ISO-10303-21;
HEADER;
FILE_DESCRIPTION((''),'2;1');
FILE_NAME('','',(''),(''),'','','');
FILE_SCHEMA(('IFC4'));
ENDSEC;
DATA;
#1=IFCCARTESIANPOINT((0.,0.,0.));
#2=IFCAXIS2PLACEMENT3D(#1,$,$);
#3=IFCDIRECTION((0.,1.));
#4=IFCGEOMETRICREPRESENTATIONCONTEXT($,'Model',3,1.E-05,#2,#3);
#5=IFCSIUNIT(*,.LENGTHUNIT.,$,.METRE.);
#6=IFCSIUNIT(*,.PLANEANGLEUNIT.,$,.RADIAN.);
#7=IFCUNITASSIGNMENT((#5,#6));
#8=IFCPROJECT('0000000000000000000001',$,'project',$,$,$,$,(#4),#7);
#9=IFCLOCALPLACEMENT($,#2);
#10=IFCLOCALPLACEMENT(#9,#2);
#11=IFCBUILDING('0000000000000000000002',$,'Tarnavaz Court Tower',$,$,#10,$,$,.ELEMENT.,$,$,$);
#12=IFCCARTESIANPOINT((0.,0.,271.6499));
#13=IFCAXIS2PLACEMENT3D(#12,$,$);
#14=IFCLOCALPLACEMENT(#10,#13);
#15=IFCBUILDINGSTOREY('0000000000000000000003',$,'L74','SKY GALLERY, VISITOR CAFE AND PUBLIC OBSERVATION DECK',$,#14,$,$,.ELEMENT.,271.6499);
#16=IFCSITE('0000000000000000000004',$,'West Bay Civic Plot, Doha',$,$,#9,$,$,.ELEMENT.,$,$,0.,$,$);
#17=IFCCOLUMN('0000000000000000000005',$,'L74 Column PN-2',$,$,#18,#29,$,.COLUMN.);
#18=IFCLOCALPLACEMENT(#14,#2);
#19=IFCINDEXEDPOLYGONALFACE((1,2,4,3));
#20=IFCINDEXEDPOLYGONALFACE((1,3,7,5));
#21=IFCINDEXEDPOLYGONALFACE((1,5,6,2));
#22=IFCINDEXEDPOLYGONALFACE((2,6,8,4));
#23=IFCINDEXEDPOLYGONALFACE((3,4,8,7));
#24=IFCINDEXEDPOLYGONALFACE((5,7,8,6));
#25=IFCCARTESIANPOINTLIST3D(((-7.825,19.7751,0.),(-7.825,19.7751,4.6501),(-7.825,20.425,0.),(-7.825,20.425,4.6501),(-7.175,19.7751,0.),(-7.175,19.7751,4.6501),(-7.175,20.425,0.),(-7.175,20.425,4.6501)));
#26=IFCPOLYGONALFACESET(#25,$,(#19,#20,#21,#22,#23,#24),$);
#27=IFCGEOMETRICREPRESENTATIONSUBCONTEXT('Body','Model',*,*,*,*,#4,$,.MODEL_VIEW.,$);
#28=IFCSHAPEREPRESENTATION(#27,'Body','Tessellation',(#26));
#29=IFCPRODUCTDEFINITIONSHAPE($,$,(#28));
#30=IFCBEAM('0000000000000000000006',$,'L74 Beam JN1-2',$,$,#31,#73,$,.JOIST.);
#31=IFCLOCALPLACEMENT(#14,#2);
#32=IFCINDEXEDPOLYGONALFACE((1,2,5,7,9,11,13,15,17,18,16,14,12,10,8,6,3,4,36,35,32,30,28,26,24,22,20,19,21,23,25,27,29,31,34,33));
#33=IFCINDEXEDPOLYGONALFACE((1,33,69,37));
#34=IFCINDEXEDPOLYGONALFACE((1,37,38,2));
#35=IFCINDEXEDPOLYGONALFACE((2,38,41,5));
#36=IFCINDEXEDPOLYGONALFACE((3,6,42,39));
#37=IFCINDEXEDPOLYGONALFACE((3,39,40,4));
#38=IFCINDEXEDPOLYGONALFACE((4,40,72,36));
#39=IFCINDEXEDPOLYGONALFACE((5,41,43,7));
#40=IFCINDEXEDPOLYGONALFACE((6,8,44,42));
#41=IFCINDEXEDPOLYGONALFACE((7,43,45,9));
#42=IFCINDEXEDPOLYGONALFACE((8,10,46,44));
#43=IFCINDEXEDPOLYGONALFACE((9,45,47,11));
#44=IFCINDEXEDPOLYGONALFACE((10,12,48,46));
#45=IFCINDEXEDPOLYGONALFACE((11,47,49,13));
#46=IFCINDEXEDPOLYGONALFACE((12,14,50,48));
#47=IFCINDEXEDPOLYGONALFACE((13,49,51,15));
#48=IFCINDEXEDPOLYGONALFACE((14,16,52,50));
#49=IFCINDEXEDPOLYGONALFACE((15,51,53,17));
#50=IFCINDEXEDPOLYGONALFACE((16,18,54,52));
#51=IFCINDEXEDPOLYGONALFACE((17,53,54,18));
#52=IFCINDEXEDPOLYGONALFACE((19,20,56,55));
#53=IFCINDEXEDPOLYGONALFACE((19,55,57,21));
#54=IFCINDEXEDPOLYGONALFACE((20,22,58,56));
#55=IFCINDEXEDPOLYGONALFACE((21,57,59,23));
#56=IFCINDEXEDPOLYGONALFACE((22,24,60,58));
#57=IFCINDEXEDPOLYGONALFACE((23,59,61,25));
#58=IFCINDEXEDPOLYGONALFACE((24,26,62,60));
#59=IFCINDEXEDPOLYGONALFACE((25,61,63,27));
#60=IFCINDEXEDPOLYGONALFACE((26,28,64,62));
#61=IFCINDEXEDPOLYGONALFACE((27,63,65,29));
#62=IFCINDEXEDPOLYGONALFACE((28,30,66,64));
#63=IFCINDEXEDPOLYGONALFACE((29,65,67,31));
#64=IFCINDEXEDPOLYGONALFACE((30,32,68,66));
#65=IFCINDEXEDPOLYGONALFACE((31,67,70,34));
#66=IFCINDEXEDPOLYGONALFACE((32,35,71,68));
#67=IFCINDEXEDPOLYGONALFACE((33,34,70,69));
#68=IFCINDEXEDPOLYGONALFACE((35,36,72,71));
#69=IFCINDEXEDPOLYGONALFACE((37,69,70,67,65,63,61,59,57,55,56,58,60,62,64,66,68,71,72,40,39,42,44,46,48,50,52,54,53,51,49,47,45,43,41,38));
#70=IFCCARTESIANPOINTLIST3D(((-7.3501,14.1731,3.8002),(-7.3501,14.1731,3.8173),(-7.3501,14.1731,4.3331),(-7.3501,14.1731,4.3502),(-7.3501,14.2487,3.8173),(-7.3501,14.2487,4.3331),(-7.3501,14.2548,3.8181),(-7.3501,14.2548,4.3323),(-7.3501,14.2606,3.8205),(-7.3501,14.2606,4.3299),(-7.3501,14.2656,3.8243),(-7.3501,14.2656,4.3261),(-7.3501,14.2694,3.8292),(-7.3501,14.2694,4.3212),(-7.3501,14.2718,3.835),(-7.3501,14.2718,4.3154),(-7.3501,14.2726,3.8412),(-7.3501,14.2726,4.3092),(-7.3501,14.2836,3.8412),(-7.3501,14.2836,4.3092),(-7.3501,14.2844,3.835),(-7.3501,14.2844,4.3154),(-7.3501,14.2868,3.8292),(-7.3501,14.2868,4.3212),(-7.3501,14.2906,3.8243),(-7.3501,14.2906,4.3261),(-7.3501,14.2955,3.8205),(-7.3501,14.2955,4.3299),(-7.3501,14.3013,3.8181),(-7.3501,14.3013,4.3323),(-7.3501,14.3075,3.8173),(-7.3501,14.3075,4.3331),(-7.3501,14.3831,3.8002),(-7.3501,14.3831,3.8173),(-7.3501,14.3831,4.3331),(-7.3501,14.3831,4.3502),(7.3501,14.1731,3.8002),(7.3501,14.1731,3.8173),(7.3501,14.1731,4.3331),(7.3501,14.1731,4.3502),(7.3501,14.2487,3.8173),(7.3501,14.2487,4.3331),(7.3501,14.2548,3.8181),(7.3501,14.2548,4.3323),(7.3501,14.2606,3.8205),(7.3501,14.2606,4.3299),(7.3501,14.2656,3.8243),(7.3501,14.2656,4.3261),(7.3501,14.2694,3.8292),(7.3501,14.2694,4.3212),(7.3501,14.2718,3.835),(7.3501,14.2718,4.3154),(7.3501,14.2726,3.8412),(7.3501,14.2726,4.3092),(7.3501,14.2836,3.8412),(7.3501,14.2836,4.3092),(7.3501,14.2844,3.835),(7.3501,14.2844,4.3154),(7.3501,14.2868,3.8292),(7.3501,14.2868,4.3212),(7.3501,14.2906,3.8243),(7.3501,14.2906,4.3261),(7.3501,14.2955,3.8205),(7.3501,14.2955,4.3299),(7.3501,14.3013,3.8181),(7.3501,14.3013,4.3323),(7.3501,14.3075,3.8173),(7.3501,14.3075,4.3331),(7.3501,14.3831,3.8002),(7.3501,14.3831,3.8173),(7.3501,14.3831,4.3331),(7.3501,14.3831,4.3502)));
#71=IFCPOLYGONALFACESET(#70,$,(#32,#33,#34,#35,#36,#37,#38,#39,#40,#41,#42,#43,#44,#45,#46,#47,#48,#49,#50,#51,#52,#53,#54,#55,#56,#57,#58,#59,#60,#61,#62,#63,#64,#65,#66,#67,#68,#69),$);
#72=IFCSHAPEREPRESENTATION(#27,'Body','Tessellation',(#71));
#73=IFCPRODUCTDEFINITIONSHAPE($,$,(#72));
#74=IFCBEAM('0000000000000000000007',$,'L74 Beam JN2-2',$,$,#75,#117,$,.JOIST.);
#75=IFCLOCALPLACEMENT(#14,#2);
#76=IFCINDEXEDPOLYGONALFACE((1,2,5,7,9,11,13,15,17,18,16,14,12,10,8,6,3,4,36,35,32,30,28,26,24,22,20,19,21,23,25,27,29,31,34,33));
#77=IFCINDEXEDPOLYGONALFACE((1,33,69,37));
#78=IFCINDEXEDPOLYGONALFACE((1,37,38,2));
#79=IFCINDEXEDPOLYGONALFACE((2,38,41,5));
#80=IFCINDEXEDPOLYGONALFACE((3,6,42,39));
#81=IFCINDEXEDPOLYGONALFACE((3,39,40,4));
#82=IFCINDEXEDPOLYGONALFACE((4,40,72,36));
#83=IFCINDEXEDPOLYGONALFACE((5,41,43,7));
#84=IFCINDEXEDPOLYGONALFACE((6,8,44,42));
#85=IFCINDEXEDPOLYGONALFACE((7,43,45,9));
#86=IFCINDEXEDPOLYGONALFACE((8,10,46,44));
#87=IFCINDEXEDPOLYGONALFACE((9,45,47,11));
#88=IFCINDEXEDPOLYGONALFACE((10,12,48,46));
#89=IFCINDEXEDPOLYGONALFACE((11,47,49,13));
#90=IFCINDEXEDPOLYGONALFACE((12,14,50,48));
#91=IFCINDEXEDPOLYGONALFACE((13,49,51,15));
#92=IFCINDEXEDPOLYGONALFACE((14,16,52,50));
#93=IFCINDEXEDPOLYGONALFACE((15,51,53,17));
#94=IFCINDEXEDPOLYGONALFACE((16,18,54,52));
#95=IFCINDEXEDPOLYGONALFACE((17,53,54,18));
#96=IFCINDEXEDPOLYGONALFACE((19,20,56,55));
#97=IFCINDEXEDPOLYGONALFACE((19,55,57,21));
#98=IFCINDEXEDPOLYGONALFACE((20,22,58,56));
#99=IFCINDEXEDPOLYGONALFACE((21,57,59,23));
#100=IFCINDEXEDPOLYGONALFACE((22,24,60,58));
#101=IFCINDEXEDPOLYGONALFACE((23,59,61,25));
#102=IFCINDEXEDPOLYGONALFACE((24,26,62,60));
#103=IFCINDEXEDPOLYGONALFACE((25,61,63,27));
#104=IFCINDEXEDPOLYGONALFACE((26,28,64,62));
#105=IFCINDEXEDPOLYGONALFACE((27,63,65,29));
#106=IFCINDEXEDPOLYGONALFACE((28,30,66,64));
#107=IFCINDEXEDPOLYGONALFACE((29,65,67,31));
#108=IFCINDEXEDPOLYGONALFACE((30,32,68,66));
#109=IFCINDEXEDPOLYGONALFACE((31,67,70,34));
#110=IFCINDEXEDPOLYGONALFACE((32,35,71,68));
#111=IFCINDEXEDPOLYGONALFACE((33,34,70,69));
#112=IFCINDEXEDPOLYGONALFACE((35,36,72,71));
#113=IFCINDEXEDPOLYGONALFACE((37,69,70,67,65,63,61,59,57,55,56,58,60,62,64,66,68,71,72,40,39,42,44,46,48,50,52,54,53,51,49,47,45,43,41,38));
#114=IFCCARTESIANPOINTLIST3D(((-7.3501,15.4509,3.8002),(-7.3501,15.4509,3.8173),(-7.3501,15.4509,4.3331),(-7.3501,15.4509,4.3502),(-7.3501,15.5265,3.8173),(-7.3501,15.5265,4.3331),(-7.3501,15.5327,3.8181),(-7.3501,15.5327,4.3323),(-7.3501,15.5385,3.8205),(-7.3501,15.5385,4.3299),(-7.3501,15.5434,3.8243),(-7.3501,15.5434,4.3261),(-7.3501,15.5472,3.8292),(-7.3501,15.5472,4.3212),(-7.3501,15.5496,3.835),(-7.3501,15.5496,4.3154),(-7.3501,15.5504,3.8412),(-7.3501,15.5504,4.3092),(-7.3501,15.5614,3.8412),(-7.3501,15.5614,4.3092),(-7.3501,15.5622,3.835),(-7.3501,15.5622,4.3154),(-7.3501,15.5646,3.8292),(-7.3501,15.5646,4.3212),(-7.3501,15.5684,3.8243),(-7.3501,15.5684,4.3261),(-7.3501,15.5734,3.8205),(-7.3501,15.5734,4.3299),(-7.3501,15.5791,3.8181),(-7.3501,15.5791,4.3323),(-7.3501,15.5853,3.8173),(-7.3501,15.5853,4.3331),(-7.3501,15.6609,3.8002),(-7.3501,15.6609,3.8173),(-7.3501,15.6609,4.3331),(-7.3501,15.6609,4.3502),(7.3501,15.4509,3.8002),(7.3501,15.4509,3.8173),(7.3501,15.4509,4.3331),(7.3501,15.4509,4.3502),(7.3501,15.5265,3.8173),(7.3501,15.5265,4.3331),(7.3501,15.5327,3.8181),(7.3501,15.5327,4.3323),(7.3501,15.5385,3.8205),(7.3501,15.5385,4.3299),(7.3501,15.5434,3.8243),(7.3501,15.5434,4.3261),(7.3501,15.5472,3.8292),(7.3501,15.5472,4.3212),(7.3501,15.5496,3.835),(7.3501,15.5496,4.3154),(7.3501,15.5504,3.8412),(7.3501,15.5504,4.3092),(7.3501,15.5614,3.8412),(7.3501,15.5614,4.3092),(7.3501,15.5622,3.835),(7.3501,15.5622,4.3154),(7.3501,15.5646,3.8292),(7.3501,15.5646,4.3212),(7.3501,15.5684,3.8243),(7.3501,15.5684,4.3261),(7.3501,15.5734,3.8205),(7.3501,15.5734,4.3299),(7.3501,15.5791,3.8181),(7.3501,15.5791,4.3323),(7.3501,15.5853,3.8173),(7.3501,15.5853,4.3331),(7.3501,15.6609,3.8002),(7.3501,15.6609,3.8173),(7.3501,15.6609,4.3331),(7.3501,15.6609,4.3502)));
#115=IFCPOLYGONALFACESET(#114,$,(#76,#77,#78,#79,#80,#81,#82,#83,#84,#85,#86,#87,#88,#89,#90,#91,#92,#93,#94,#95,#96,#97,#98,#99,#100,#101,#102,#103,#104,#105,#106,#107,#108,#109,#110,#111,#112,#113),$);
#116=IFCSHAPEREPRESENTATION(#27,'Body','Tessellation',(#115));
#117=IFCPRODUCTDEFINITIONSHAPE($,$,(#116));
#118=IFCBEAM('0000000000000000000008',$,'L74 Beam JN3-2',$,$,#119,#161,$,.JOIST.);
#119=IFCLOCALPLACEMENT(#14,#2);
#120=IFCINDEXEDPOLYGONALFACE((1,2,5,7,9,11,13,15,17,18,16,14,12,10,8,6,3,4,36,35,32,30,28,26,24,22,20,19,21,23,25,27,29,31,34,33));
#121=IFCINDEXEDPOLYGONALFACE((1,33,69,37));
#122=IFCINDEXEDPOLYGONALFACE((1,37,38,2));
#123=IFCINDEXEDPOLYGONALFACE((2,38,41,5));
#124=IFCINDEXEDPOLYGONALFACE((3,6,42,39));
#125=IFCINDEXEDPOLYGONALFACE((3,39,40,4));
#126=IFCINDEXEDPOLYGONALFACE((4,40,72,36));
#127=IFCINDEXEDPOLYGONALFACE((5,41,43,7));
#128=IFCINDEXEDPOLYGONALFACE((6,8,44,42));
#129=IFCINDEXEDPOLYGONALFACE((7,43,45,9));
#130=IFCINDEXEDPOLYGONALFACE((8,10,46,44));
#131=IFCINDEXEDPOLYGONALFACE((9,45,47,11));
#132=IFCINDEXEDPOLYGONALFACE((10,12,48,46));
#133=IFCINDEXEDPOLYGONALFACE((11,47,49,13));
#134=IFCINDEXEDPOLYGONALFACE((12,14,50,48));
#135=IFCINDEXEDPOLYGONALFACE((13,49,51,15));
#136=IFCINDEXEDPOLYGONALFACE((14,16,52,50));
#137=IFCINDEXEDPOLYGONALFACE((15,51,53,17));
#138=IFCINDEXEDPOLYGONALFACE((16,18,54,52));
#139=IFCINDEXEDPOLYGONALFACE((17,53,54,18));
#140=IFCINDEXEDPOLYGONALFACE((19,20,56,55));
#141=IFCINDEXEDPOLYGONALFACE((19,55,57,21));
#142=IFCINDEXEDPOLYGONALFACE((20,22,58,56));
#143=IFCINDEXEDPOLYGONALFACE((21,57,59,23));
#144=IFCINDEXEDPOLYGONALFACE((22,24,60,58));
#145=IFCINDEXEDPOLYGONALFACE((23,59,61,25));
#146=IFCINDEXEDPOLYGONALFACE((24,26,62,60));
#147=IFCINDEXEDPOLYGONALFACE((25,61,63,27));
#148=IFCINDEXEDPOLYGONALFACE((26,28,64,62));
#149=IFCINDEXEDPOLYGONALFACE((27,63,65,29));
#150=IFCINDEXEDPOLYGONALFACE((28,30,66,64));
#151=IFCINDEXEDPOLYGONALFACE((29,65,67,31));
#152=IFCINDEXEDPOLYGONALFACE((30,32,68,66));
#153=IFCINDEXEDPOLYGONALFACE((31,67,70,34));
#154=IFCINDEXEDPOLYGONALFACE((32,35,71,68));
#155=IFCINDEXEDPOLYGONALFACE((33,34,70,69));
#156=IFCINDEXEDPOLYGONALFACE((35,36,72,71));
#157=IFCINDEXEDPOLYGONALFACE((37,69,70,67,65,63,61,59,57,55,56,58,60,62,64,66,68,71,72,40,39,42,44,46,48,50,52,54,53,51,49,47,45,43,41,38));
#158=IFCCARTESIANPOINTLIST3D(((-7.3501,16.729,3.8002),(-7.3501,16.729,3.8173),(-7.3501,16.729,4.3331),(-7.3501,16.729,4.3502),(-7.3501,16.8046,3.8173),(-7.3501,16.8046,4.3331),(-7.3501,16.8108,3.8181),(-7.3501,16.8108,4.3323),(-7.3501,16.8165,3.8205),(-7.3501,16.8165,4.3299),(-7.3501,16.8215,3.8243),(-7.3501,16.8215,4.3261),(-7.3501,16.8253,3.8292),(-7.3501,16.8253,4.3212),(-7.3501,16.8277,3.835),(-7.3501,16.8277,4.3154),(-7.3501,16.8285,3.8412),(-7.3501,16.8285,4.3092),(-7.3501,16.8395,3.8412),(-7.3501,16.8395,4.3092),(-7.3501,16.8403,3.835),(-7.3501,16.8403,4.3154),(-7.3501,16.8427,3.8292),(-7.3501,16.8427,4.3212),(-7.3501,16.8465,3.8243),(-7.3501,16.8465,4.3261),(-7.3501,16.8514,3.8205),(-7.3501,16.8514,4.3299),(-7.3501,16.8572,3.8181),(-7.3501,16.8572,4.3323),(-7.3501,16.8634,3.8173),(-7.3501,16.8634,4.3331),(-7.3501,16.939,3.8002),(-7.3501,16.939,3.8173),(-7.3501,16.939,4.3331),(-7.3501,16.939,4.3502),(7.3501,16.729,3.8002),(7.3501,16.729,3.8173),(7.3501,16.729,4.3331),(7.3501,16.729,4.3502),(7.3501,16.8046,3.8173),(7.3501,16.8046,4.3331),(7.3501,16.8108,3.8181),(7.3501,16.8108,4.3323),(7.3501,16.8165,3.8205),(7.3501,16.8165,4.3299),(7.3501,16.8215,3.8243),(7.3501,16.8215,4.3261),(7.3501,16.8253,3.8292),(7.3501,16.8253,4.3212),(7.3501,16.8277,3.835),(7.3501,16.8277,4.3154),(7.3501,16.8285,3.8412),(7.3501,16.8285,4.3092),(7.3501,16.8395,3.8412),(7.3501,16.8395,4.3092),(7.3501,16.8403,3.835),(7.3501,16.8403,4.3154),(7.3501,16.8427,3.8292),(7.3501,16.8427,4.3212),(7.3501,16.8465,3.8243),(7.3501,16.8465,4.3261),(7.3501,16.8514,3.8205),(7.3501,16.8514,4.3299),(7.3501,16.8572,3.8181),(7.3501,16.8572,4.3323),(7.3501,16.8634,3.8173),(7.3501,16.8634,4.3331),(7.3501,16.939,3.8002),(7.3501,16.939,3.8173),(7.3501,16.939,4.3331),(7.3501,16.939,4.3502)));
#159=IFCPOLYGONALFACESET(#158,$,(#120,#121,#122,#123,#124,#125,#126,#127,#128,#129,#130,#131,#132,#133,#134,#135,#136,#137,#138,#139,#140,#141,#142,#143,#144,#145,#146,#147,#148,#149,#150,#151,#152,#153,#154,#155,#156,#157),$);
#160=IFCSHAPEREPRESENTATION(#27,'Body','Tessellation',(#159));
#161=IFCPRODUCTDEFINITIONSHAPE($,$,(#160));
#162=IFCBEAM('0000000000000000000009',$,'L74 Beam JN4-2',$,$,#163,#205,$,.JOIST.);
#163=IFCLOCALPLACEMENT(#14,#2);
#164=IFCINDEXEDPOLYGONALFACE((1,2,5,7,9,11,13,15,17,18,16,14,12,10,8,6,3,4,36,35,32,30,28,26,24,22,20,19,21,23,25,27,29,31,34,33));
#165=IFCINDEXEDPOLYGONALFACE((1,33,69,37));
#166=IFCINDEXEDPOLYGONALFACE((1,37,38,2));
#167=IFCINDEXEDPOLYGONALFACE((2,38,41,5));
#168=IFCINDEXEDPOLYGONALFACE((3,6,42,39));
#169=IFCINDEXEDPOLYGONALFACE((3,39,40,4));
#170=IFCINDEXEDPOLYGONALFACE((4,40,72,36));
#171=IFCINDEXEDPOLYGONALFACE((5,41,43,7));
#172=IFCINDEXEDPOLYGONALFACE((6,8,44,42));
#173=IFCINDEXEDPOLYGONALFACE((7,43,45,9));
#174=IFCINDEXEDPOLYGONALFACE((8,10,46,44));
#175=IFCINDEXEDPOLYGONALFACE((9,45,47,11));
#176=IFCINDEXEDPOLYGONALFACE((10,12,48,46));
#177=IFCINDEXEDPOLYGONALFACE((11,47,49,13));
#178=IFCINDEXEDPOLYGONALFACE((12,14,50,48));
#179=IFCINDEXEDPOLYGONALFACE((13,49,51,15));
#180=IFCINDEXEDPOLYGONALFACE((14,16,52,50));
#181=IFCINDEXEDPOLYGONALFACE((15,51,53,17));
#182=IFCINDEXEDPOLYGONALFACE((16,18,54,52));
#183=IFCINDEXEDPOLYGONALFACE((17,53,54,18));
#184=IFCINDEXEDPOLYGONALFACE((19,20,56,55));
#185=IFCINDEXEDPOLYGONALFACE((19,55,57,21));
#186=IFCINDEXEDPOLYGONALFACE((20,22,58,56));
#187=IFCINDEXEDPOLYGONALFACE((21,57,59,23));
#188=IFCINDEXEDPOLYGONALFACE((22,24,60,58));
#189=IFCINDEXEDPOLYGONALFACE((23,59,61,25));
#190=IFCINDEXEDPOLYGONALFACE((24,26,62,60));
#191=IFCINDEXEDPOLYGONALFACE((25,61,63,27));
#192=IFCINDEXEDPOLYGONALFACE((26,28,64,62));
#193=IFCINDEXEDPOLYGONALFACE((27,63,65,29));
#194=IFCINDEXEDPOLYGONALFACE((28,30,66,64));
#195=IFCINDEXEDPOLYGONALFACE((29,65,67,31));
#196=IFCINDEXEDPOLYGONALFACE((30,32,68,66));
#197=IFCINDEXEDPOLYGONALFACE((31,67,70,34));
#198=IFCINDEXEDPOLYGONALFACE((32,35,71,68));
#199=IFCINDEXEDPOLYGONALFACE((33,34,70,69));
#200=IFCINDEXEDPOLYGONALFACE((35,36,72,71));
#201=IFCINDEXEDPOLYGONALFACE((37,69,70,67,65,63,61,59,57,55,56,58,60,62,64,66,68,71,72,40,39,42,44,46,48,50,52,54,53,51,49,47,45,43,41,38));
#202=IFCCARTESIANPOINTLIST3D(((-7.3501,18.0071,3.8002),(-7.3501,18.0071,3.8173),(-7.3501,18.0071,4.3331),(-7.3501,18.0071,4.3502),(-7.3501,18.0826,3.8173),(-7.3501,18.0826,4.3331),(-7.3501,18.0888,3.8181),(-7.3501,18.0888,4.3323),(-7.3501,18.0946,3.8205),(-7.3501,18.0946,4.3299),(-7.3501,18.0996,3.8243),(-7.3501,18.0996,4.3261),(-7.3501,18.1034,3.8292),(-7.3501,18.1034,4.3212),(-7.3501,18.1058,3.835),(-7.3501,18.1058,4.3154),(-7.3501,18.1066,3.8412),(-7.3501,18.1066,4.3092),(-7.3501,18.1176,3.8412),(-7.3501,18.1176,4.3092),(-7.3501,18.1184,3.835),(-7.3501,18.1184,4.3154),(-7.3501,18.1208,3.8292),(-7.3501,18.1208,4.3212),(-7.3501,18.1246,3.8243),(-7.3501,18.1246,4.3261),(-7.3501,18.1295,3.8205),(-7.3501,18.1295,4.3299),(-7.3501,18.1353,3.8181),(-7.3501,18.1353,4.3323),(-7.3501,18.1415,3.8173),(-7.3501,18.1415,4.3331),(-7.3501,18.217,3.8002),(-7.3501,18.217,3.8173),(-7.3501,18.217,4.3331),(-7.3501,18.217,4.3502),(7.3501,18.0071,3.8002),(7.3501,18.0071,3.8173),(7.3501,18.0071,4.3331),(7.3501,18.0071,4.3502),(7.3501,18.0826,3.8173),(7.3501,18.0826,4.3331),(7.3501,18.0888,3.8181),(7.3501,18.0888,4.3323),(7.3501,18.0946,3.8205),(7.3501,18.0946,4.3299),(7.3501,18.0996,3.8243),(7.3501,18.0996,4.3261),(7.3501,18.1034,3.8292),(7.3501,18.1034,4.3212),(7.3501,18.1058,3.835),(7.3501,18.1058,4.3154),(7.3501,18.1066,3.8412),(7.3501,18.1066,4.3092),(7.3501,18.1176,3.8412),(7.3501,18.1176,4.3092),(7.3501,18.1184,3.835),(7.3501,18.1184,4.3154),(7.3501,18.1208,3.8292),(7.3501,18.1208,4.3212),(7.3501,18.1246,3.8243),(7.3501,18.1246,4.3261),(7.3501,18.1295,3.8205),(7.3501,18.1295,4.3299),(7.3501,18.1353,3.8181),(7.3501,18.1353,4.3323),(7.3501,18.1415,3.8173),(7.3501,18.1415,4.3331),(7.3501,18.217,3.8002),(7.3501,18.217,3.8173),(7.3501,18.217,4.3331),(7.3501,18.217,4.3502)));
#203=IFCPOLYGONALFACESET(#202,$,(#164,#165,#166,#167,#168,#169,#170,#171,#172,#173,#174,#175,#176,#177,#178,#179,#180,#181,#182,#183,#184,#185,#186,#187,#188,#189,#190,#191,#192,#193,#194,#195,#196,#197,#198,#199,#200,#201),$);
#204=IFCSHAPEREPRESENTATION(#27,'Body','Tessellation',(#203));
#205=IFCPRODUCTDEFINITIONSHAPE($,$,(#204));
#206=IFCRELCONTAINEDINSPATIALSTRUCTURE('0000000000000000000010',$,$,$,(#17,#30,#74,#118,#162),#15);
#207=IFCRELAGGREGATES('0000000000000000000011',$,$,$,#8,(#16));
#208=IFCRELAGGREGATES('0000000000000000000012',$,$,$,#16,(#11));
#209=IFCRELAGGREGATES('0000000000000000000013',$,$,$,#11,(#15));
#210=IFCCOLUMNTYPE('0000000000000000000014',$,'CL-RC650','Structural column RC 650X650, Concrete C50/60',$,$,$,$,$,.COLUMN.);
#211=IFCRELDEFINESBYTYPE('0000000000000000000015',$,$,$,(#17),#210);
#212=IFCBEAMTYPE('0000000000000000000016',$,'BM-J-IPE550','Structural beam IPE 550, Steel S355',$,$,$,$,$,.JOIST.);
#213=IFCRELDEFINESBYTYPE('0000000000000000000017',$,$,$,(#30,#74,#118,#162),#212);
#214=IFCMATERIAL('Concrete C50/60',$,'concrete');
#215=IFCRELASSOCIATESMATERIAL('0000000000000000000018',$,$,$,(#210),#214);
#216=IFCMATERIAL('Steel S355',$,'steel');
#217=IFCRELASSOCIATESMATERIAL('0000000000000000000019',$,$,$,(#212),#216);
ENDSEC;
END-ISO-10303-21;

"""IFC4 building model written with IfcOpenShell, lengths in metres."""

from ifc_helpers import new_model, si_unit, direction, frame, origin, origin_2d, place, context, subcontext, project, spatial, rectangle, i_section, extrude, material, material_profile, profile_set, type_object, element, save


model = new_model("IFC4")

# Units and contexts
model_context = context("Model", 3, precision=1e-05, world=origin(), true_north=direction((0.0, 1.0)))
body_context = subcontext(model_context, "Body", "Model", "MODEL_VIEW")
ifc_project = project(units=[si_unit("LENGTHUNIT", "METRE"), si_unit("PLANEANGLEUNIT", "RADIAN")], contexts=[model_context])

# Site, building, storey
site_placement = place(None, origin())
site = spatial("IfcSite", under=ifc_project, at=site_placement, Name="West Bay Civic Plot, Doha", CompositionType="ELEMENT", RefElevation=0.0)
building_placement = place(site_placement, origin())
building = spatial("IfcBuilding", under=site, at=building_placement, Name="Tarnavaz Court Tower", CompositionType="ELEMENT")
storey_placement = place(building_placement, frame((0.0, 0.0, 271.6499)))
storey = spatial("IfcBuildingStorey", under=building, at=storey_placement, Name="L74", Description="SKY GALLERY, VISITOR CAFE AND PUBLIC OBSERVATION DECK", CompositionType="ELEMENT", Elevation=271.6499)

# Column
ifc_material_1 = material(Name="Concrete C50/60", Category="concrete")
ifc_material_profile_1 = material_profile(ifc_material_1, rectangle(XDim=0.6499, YDim=0.6499, at=origin_2d()), Name="RC 650X650")
ifc_profile_set_1 = profile_set([ifc_material_profile_1], Name="Concrete C50/60")
column_type = type_object("IfcColumnType", Name="CL-RC650", Description="Structural column RC 650X650, Concrete C50/60", PredefinedType="COLUMN", material=ifc_profile_set_1)
column_placement = place(storey_placement, frame((-7.5, 20.1001, 0.0), z_axis=(0.0, 0.0, 1.0), x_axis=(1.0, 0.0, 0.0)))
element("IfcColumn", 1, at=column_placement, inside=storey, type_object=column_type, Name="L74 Column PN-2", PredefinedType="COLUMN", context=body_context, shape_type="SweptSolid", body=[
    extrude(rectangle(XDim=0.6499, YDim=0.6499, at=origin_2d()), origin(), (0.0, 0.0, 1.0), 4.6501),
])

# Beams
ifc_material_2 = material(Name="Steel S355", Category="steel")
ifc_material_profile_2 = material_profile(ifc_material_2, i_section(OverallWidth=0.21, OverallDepth=0.55, WebThickness=0.011, FlangeThickness=0.0171, FilletRadius=0.0239, at=origin_2d()), Name="IPE 550")
ifc_profile_set_2 = profile_set([ifc_material_profile_2], Name="Steel S355")
beam_type_1 = type_object("IfcBeamType", Name="BM-J-IPE550", Description="Structural beam IPE 550, Steel S355", PredefinedType="JOIST", material=ifc_profile_set_2)
for number, where, z_axis, x_axis, name in (
    (2, (-7.3501, 14.2781, 4.0752), (1.0, 0.0, 0.0), (0.0, 1.0, 0.0), "L74 Beam JN1-2"),
    (3, (-7.3501, 15.5559, 4.0752), (1.0, 0.0, 0.0), (0.0, 1.0, 0.0), "L74 Beam JN2-2"),
    (4, (-7.3501, 16.834, 4.0752), (1.0, 0.0, 0.0), (0.0, 1.0, 0.0), "L74 Beam JN3-2"),
    (5, (-7.3501, 18.1121, 4.0752), (1.0, 0.0, 0.0), (0.0, 1.0, 0.0), "L74 Beam JN4-2"),
):
    element("IfcBeam", number, at=place(storey_placement, frame(where, z_axis=z_axis, x_axis=x_axis)), inside=storey, type_object=beam_type_1, Name=name, PredefinedType="JOIST", context=body_context, shape_type="SweptSolid", body=[
        extrude(i_section(OverallWidth=0.21, OverallDepth=0.55, WebThickness=0.011, FlangeThickness=0.0171, FilletRadius=0.0239, at=origin_2d()), origin(), (0.0, 0.0, 1.0), 14.7002),
    ])

save(model, "model.ifc")
